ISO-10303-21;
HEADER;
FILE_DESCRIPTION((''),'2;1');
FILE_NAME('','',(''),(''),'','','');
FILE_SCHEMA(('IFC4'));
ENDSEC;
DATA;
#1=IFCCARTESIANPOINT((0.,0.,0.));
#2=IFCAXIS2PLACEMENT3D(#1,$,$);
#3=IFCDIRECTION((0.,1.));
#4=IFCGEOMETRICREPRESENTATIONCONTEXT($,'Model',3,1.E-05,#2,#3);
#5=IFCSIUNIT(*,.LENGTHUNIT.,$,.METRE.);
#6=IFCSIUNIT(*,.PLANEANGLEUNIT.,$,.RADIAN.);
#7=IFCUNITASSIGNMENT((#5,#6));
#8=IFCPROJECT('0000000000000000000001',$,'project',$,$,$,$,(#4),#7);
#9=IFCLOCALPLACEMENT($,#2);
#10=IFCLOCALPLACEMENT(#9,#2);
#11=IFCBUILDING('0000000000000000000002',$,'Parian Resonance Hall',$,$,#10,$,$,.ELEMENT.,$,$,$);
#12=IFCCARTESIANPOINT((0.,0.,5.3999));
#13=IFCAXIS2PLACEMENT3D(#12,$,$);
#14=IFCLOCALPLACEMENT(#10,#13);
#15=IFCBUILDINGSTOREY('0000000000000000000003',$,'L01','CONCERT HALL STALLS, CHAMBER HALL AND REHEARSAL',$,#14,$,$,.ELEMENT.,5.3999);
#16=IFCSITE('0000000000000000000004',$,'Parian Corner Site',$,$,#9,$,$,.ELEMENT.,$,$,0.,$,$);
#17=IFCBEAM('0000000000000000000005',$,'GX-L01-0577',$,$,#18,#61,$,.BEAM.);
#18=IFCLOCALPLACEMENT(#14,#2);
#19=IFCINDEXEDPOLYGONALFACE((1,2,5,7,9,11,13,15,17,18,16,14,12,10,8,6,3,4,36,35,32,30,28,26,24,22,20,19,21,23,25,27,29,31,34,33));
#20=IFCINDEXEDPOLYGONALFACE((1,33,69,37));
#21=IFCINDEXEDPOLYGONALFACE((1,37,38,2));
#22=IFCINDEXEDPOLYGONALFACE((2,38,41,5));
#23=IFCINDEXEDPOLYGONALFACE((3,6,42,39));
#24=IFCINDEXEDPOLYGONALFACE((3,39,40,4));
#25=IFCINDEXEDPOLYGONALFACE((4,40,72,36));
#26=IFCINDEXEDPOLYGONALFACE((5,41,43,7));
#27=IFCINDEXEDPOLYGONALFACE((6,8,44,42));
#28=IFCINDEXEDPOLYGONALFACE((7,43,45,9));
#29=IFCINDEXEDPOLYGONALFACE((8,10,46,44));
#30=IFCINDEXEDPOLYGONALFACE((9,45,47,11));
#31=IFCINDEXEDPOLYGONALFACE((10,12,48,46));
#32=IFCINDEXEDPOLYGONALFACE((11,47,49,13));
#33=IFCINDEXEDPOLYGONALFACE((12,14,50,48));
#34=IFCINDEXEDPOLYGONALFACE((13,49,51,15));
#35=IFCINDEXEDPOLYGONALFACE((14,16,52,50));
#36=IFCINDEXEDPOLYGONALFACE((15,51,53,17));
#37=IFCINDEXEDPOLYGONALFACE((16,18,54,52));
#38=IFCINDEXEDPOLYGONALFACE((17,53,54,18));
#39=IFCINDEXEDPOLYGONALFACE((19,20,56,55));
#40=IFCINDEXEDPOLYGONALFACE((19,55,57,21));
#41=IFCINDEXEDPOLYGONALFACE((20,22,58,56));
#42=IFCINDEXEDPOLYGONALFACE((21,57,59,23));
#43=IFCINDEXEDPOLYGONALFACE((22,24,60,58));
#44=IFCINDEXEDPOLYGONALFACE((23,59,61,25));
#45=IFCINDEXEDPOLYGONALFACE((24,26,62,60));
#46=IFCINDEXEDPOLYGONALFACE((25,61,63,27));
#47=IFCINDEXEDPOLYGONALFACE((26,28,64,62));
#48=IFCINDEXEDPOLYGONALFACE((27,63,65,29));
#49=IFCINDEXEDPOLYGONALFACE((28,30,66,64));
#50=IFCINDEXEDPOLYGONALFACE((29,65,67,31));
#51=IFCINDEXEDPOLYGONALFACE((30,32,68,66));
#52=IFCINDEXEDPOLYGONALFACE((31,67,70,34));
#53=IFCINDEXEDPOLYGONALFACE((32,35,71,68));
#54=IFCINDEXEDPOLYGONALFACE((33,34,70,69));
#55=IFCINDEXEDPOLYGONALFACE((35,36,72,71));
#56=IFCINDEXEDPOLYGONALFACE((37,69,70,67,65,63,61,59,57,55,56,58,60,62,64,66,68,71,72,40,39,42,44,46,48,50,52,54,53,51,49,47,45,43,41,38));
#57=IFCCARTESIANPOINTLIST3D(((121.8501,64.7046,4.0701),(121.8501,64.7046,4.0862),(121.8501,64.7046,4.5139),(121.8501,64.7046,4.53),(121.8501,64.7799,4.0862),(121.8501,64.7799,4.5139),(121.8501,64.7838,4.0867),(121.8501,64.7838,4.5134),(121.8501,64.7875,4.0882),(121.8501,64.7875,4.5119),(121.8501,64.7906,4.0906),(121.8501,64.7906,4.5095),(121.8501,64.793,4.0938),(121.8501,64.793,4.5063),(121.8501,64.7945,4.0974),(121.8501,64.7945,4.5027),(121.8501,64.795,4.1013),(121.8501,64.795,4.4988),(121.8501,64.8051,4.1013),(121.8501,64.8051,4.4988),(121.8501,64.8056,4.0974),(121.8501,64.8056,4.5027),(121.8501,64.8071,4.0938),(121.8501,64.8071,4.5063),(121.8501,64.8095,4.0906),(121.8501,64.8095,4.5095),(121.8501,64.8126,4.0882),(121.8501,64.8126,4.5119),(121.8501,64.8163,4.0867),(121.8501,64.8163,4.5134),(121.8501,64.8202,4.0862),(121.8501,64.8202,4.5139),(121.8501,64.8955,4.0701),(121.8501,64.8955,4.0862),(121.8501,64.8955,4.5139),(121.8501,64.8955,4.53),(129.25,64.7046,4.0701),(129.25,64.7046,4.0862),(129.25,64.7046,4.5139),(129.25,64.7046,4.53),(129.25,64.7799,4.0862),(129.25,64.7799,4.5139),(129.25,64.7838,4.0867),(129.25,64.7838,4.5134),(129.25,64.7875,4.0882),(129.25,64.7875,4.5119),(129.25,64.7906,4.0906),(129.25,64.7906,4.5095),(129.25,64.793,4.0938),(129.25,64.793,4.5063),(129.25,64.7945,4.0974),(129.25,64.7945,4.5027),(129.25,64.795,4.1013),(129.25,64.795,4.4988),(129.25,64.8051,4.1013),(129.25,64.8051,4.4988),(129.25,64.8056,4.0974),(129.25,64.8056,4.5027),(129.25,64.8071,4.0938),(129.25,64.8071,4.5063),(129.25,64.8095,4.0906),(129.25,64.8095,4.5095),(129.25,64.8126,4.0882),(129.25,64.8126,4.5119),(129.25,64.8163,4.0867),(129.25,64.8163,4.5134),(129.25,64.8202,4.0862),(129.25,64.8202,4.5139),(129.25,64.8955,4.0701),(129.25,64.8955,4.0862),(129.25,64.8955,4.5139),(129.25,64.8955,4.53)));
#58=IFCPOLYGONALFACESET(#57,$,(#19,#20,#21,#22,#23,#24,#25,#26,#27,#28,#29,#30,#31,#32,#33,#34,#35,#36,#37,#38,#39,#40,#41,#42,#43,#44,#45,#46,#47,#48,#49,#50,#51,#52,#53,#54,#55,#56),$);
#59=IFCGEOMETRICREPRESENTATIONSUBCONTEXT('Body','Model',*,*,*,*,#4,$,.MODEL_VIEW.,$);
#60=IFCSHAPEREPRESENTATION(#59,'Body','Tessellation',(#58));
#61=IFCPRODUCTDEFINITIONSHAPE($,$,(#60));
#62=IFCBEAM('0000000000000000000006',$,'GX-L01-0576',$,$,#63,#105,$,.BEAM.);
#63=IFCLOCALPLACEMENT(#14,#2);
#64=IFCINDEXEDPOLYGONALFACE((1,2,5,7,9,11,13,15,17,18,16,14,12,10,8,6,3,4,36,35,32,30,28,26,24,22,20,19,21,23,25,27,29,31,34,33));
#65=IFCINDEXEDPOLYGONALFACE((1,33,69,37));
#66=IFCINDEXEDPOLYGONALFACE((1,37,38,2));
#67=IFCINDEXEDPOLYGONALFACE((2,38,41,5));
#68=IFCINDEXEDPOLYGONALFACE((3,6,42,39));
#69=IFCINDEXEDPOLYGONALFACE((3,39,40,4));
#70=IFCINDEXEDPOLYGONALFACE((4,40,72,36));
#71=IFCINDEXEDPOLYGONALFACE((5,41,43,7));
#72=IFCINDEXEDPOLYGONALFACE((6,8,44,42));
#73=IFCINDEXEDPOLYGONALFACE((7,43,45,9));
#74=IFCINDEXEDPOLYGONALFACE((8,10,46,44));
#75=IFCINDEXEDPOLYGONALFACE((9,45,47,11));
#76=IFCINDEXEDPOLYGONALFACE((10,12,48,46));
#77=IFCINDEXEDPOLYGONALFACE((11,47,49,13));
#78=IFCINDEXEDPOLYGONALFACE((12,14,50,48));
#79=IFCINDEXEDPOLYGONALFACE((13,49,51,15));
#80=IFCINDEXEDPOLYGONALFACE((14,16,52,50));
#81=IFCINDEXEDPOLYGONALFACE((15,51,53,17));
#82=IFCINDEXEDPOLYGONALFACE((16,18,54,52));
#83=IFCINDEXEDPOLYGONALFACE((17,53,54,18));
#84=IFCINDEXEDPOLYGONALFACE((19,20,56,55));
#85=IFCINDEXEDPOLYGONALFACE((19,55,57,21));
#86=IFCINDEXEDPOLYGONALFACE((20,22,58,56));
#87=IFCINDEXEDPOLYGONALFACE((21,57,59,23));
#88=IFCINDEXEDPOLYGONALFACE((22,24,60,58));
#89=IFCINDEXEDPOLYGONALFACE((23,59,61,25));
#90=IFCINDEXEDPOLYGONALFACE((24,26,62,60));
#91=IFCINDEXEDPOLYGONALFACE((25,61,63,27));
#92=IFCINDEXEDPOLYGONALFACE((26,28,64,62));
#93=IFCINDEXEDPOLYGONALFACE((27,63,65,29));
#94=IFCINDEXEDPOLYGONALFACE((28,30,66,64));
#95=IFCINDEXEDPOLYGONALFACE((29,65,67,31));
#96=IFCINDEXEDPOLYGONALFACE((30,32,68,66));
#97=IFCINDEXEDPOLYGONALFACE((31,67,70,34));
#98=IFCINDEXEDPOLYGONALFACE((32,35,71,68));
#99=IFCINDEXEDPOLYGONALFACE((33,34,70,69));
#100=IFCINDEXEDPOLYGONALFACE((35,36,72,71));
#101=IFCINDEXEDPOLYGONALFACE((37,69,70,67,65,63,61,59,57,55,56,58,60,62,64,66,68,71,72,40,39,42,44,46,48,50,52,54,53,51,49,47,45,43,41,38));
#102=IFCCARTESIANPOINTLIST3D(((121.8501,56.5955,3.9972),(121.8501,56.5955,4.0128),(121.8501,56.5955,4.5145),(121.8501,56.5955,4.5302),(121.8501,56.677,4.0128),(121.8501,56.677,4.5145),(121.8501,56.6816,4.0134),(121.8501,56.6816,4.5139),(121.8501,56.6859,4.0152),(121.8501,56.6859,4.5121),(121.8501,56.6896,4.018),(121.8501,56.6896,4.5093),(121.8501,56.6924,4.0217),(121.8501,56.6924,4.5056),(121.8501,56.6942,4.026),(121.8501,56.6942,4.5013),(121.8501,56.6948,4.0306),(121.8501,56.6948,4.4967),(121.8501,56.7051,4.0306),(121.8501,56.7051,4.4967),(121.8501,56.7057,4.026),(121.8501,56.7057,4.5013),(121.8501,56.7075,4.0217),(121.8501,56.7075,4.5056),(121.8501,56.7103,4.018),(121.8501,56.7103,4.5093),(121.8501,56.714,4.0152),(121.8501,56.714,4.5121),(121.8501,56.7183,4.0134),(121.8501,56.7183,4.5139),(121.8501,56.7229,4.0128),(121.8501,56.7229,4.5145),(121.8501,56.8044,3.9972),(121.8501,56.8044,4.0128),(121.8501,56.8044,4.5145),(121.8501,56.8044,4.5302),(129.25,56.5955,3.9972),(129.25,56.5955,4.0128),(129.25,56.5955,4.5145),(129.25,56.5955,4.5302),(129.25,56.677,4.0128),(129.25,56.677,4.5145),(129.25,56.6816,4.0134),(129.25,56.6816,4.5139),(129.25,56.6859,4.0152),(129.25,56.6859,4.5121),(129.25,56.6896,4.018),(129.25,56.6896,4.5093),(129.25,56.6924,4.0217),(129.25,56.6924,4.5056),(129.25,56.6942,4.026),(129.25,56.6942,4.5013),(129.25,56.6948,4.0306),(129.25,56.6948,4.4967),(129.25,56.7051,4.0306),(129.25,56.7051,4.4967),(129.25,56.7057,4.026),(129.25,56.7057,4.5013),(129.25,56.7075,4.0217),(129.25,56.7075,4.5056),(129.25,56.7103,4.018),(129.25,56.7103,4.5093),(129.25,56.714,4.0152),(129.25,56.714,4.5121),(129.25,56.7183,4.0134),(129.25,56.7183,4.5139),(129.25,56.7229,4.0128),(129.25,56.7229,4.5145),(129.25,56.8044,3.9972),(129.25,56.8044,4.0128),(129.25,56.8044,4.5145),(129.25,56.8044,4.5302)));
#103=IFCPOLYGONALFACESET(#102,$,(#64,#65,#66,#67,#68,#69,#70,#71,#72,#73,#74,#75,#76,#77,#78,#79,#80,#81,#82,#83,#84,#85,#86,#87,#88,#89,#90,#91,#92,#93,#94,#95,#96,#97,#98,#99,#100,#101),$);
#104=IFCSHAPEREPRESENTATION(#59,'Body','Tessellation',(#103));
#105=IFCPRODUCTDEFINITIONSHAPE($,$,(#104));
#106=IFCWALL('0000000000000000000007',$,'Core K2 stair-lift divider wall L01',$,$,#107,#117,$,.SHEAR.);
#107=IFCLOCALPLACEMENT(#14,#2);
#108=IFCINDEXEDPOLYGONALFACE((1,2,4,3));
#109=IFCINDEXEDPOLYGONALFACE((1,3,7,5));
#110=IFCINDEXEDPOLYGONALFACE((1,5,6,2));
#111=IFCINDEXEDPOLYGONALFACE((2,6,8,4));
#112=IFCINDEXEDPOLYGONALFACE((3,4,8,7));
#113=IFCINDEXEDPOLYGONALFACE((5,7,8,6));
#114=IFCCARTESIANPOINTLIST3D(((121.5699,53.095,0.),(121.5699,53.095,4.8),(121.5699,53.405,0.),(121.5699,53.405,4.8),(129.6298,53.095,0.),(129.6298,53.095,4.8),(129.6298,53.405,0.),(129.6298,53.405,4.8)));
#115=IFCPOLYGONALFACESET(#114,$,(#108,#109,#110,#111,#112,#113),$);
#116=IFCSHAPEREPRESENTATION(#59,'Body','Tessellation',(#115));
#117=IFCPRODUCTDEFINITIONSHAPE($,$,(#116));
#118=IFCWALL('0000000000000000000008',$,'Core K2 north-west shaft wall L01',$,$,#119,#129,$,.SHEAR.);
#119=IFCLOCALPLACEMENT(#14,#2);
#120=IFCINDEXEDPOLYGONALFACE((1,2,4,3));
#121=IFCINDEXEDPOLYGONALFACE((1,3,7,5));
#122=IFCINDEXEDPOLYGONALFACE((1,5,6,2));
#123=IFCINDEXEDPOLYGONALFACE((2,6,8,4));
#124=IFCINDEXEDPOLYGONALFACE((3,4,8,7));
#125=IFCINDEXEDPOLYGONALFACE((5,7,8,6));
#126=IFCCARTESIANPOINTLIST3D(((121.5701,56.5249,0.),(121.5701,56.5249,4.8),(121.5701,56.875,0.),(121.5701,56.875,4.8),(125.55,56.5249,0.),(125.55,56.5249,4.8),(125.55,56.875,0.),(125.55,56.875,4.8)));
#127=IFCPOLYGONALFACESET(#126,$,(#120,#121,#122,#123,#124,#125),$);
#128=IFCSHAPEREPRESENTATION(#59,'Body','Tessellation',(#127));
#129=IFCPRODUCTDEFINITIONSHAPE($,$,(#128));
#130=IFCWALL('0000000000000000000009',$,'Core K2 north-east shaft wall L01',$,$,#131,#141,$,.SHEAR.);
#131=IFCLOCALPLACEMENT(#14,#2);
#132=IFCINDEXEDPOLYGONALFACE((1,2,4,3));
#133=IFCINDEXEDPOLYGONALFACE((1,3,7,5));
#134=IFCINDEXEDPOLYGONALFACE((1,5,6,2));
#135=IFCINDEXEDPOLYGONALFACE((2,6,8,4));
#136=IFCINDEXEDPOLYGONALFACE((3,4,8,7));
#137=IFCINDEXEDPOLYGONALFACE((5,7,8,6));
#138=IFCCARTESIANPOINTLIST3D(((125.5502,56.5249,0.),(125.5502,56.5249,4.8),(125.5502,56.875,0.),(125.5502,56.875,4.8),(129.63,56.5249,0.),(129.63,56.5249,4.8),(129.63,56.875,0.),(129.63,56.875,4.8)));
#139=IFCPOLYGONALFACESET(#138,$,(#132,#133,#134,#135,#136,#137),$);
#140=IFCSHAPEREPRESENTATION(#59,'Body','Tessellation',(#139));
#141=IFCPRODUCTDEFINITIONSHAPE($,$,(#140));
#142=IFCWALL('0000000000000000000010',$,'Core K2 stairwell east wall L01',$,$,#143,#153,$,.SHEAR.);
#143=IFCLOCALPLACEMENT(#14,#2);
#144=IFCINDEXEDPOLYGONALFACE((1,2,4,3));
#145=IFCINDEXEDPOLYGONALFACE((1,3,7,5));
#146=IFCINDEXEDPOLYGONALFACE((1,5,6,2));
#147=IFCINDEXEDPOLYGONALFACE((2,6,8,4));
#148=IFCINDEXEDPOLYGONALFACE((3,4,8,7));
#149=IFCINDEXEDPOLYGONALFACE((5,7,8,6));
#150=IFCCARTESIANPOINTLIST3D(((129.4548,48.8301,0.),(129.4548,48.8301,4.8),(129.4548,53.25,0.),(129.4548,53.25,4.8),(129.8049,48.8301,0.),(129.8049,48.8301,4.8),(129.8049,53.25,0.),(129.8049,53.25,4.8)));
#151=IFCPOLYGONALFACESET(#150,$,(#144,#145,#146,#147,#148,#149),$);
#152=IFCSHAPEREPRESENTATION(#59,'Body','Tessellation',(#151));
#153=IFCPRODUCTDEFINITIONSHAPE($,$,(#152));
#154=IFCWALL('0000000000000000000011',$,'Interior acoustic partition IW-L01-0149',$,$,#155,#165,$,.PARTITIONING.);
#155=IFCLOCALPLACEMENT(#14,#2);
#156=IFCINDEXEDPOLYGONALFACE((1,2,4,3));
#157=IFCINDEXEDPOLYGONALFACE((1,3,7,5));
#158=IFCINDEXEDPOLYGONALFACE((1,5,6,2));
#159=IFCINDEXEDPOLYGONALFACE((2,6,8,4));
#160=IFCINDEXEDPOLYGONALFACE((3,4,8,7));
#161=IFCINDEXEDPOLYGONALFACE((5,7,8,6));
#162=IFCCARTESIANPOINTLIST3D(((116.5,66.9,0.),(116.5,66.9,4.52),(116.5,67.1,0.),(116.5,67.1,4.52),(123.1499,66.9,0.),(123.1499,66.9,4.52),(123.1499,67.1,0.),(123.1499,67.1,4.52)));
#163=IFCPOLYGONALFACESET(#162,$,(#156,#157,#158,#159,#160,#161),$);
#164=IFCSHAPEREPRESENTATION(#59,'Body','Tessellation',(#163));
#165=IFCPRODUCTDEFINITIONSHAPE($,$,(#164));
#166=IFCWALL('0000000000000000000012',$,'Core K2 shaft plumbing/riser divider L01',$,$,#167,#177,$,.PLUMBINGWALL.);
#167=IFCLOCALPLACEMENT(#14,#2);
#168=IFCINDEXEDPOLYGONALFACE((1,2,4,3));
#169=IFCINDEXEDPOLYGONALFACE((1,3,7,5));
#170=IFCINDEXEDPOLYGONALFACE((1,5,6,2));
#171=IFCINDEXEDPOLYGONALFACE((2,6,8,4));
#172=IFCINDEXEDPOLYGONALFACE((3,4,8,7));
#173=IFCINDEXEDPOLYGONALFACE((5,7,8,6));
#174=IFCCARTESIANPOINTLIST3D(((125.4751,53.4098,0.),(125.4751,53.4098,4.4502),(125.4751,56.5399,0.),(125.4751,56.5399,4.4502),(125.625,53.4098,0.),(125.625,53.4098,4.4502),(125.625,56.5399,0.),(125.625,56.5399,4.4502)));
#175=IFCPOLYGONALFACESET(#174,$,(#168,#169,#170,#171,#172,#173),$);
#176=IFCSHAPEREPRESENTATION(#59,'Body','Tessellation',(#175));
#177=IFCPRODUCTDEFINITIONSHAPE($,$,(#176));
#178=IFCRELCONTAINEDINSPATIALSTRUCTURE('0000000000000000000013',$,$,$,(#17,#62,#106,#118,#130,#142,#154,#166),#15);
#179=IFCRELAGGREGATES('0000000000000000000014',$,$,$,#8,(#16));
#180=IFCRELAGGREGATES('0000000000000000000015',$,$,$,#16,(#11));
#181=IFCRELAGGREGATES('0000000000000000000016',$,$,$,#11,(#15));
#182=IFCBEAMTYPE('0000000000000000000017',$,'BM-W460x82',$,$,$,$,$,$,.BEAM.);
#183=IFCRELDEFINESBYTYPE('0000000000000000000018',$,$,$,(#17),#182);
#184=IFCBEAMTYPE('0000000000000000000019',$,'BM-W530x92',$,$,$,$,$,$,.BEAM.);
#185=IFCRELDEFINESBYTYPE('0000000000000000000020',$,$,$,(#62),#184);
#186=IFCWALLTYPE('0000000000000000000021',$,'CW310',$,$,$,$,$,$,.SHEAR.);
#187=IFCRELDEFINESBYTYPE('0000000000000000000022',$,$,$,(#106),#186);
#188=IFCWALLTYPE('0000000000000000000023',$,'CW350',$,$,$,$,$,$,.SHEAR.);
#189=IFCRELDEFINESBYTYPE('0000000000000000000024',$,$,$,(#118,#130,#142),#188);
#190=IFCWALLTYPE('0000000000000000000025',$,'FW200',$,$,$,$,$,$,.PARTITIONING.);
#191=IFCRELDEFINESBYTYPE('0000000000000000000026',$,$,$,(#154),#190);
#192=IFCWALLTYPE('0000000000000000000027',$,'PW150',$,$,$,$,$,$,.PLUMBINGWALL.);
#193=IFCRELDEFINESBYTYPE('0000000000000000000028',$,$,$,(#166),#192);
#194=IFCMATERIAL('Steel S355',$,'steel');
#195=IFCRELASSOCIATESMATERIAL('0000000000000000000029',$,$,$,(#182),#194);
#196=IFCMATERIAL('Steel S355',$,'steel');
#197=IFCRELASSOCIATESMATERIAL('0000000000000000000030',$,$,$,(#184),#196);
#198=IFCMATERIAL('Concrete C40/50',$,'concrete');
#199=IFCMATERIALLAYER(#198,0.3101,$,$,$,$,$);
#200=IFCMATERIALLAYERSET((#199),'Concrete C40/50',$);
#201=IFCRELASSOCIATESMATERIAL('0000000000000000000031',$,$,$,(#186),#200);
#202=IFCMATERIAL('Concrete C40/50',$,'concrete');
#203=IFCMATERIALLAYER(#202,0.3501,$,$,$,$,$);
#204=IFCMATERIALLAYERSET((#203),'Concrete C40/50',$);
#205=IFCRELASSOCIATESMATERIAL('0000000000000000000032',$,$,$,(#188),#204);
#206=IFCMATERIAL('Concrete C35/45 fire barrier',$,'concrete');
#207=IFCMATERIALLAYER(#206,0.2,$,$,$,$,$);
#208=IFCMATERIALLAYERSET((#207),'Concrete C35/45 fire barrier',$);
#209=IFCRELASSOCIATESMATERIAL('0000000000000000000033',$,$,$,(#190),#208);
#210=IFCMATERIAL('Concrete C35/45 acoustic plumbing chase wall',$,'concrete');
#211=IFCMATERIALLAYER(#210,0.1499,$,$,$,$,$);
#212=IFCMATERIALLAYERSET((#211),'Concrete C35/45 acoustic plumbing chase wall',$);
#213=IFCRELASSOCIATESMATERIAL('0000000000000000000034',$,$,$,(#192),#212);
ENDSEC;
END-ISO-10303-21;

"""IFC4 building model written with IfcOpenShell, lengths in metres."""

from ifc_helpers import new_model, si_unit, direction, frame, frame_2d, origin, origin_2d, place, context, subcontext, project, spatial, rectangle, i_section, extrude, material, layer, layer_set, material_profile, profile_set, type_object, element, save


model = new_model("IFC4")

# Units and contexts
model_context = context("Model", 3, precision=1e-05, world=origin(), true_north=direction((0.0, 1.0)))
body_context = subcontext(model_context, "Body", "Model", "MODEL_VIEW")
ifc_project = project(units=[si_unit("LENGTHUNIT", "METRE"), si_unit("PLANEANGLEUNIT", "RADIAN")], contexts=[model_context])

# Site, building, storey
site_placement = place(None, origin())
site = spatial("IfcSite", under=ifc_project, at=site_placement, Name="Parian Corner Site", CompositionType="ELEMENT", RefElevation=0.0)
building_placement = place(site_placement, origin())
building = spatial("IfcBuilding", under=site, at=building_placement, Name="Parian Resonance Hall", CompositionType="ELEMENT")
storey_placement = place(building_placement, frame((0.0, 0.0, 5.3999)))
storey = spatial("IfcBuildingStorey", under=building, at=storey_placement, Name="L01", Description="CONCERT HALL STALLS, CHAMBER HALL AND REHEARSAL", CompositionType="ELEMENT", Elevation=5.3999)

# Beams
ifc_material_1 = material(Name="Steel S355", Category="steel")
ifc_material_profile_1 = material_profile(ifc_material_1, i_section(OverallWidth=0.1909, OverallDepth=0.46, WebThickness=0.01, FlangeThickness=0.0161, FilletRadius=0.0151, at=origin_2d()), Name="W460x82")
ifc_profile_set_1 = profile_set([ifc_material_profile_1], Name="Steel S355")
beam_type_1 = type_object("IfcBeamType", Name="BM-W460x82", PredefinedType="BEAM", material=ifc_profile_set_1)
beam_1_placement = place(storey_placement, frame((121.8501, 64.8, 4.3), z_axis=(1.0, 0.0, 0.0), x_axis=(0.0, 1.0, 0.0)))
element("IfcBeam", 1, at=beam_1_placement, inside=storey, type_object=beam_type_1, Name="GX-L01-0577", PredefinedType="BEAM", context=body_context, shape_type="SweptSolid", body=[
    extrude(i_section(OverallWidth=0.1909, OverallDepth=0.46, WebThickness=0.01, FlangeThickness=0.0161, FilletRadius=0.0151, at=origin_2d()), origin(), (0.0, 0.0, 1.0), 7.3999),
])
ifc_material_2 = material(Name="Steel S355", Category="steel")
ifc_material_profile_2 = material_profile(ifc_material_2, i_section(OverallWidth=0.209, OverallDepth=0.533, WebThickness=0.0103, FlangeThickness=0.0156, FilletRadius=0.0178, at=origin_2d()), Name="W530x92")
ifc_profile_set_2 = profile_set([ifc_material_profile_2], Name="Steel S355")
beam_type_2 = type_object("IfcBeamType", Name="BM-W530x92", PredefinedType="BEAM", material=ifc_profile_set_2)
beam_2_placement = place(storey_placement, frame((121.8501, 56.7, 4.2637), z_axis=(1.0, 0.0, 0.0), x_axis=(0.0, 1.0, 0.0)))
element("IfcBeam", 2, at=beam_2_placement, inside=storey, type_object=beam_type_2, Name="GX-L01-0576", PredefinedType="BEAM", context=body_context, shape_type="SweptSolid", body=[
    extrude(i_section(OverallWidth=0.209, OverallDepth=0.533, WebThickness=0.0103, FlangeThickness=0.0156, FilletRadius=0.0178, at=origin_2d()), origin(), (0.0, 0.0, 1.0), 7.3999),
])

# Walls
ifc_material_3 = material(Name="Concrete C40/50", Category="concrete")
ifc_layer_1 = layer(ifc_material_3, 0.3101)
ifc_layer_set_1 = layer_set([ifc_layer_1], Name="Concrete C40/50")
wall_type_1 = type_object("IfcWallType", Name="CW310", PredefinedType="SHEAR", material=ifc_layer_set_1)
wall_1_placement = place(storey_placement, frame((121.5701, 53.25, 0.0), z_axis=(0.0, 0.0, 1.0), x_axis=(1.0, 0.0, 0.0)))
element("IfcWall", 3, at=wall_1_placement, inside=storey, type_object=wall_type_1, Name="Core K2 stair-lift divider wall L01", PredefinedType="SHEAR", context=body_context, shape_type="SweptSolid", body=[
    extrude(rectangle(XDim=8.0598, YDim=0.3101, at=frame_2d((4.0298, 0.0))), origin(), (0.0, 0.0, 1.0), 4.8),
])
ifc_material_4 = material(Name="Concrete C40/50", Category="concrete")
ifc_layer_2 = layer(ifc_material_4, 0.3501)
ifc_layer_set_2 = layer_set([ifc_layer_2], Name="Concrete C40/50")
wall_type_2 = type_object("IfcWallType", Name="CW350", PredefinedType="SHEAR", material=ifc_layer_set_2)
wall_2_placement = place(storey_placement, frame((121.5701, 56.7, 0.0), z_axis=(0.0, 0.0, 1.0), x_axis=(1.0, 0.0, 0.0)))
element("IfcWall", 4, at=wall_2_placement, inside=storey, type_object=wall_type_2, Name="Core K2 north-west shaft wall L01", PredefinedType="SHEAR", context=body_context, shape_type="SweptSolid", body=[
    extrude(rectangle(XDim=3.98, YDim=0.3501, at=frame_2d((1.99, 0.0))), origin(), (0.0, 0.0, 1.0), 4.8),
])
wall_3_placement = place(storey_placement, frame((125.55, 56.7, 0.0), z_axis=(0.0, 0.0, 1.0), x_axis=(1.0, 0.0, 0.0)))
element("IfcWall", 5, at=wall_3_placement, inside=storey, type_object=wall_type_2, Name="Core K2 north-east shaft wall L01", PredefinedType="SHEAR", context=body_context, shape_type="SweptSolid", body=[
    extrude(rectangle(XDim=4.0798, YDim=0.3501, at=frame_2d((2.04, 0.0))), origin(), (0.0, 0.0, 1.0), 4.8),
])
wall_4_placement = place(storey_placement, frame((129.6299, 53.25, 0.0), z_axis=(0.0, 0.0, 1.0), x_axis=(0.0, -1.0, 0.0)))
element("IfcWall", 6, at=wall_4_placement, inside=storey, type_object=wall_type_2, Name="Core K2 stairwell east wall L01", PredefinedType="SHEAR", context=body_context, shape_type="SweptSolid", body=[
    extrude(rectangle(XDim=4.4199, YDim=0.3501, at=frame_2d((2.21, 0.0))), origin(), (0.0, 0.0, 1.0), 4.8),
])
ifc_material_5 = material(Name="Concrete C35/45 fire barrier", Category="concrete")
ifc_layer_3 = layer(ifc_material_5, 0.2)
ifc_layer_set_3 = layer_set([ifc_layer_3], Name="Concrete C35/45 fire barrier")
wall_type_3 = type_object("IfcWallType", Name="FW200", PredefinedType="PARTITIONING", material=ifc_layer_set_3)
wall_5_placement = place(storey_placement, frame((123.1499, 67.0, 0.0), z_axis=(0.0, 0.0, 1.0), x_axis=(-1.0, 0.0, 0.0)))
element("IfcWall", 7, at=wall_5_placement, inside=storey, type_object=wall_type_3, Name="Interior acoustic partition IW-L01-0149", PredefinedType="PARTITIONING", context=body_context, shape_type="SweptSolid", body=[
    extrude(rectangle(XDim=6.6499, YDim=0.2, at=frame_2d((3.325, 0.0))), origin(), (0.0, 0.0, 1.0), 4.52),
])
ifc_material_6 = material(Name="Concrete C35/45 acoustic plumbing chase wall", Category="concrete")
ifc_layer_4 = layer(ifc_material_6, 0.1499)
ifc_layer_set_4 = layer_set([ifc_layer_4], Name="Concrete C35/45 acoustic plumbing chase wall")
wall_type_4 = type_object("IfcWallType", Name="PW150", PredefinedType="PLUMBINGWALL", material=ifc_layer_set_4)
wall_6_placement = place(storey_placement, frame((125.55, 53.4099, 0.0), z_axis=(0.0, 0.0, 1.0), x_axis=(0.0, 1.0, 0.0)))
element("IfcWall", 8, at=wall_6_placement, inside=storey, type_object=wall_type_4, Name="Core K2 shaft plumbing/riser divider L01", PredefinedType="PLUMBINGWALL", context=body_context, shape_type="SweptSolid", body=[
    extrude(rectangle(XDim=3.1301, YDim=0.1499, at=frame_2d((1.5649, 0.0))), origin(), (0.0, 0.0, 1.0), 4.4502),
])

save(model, "model.ifc")
